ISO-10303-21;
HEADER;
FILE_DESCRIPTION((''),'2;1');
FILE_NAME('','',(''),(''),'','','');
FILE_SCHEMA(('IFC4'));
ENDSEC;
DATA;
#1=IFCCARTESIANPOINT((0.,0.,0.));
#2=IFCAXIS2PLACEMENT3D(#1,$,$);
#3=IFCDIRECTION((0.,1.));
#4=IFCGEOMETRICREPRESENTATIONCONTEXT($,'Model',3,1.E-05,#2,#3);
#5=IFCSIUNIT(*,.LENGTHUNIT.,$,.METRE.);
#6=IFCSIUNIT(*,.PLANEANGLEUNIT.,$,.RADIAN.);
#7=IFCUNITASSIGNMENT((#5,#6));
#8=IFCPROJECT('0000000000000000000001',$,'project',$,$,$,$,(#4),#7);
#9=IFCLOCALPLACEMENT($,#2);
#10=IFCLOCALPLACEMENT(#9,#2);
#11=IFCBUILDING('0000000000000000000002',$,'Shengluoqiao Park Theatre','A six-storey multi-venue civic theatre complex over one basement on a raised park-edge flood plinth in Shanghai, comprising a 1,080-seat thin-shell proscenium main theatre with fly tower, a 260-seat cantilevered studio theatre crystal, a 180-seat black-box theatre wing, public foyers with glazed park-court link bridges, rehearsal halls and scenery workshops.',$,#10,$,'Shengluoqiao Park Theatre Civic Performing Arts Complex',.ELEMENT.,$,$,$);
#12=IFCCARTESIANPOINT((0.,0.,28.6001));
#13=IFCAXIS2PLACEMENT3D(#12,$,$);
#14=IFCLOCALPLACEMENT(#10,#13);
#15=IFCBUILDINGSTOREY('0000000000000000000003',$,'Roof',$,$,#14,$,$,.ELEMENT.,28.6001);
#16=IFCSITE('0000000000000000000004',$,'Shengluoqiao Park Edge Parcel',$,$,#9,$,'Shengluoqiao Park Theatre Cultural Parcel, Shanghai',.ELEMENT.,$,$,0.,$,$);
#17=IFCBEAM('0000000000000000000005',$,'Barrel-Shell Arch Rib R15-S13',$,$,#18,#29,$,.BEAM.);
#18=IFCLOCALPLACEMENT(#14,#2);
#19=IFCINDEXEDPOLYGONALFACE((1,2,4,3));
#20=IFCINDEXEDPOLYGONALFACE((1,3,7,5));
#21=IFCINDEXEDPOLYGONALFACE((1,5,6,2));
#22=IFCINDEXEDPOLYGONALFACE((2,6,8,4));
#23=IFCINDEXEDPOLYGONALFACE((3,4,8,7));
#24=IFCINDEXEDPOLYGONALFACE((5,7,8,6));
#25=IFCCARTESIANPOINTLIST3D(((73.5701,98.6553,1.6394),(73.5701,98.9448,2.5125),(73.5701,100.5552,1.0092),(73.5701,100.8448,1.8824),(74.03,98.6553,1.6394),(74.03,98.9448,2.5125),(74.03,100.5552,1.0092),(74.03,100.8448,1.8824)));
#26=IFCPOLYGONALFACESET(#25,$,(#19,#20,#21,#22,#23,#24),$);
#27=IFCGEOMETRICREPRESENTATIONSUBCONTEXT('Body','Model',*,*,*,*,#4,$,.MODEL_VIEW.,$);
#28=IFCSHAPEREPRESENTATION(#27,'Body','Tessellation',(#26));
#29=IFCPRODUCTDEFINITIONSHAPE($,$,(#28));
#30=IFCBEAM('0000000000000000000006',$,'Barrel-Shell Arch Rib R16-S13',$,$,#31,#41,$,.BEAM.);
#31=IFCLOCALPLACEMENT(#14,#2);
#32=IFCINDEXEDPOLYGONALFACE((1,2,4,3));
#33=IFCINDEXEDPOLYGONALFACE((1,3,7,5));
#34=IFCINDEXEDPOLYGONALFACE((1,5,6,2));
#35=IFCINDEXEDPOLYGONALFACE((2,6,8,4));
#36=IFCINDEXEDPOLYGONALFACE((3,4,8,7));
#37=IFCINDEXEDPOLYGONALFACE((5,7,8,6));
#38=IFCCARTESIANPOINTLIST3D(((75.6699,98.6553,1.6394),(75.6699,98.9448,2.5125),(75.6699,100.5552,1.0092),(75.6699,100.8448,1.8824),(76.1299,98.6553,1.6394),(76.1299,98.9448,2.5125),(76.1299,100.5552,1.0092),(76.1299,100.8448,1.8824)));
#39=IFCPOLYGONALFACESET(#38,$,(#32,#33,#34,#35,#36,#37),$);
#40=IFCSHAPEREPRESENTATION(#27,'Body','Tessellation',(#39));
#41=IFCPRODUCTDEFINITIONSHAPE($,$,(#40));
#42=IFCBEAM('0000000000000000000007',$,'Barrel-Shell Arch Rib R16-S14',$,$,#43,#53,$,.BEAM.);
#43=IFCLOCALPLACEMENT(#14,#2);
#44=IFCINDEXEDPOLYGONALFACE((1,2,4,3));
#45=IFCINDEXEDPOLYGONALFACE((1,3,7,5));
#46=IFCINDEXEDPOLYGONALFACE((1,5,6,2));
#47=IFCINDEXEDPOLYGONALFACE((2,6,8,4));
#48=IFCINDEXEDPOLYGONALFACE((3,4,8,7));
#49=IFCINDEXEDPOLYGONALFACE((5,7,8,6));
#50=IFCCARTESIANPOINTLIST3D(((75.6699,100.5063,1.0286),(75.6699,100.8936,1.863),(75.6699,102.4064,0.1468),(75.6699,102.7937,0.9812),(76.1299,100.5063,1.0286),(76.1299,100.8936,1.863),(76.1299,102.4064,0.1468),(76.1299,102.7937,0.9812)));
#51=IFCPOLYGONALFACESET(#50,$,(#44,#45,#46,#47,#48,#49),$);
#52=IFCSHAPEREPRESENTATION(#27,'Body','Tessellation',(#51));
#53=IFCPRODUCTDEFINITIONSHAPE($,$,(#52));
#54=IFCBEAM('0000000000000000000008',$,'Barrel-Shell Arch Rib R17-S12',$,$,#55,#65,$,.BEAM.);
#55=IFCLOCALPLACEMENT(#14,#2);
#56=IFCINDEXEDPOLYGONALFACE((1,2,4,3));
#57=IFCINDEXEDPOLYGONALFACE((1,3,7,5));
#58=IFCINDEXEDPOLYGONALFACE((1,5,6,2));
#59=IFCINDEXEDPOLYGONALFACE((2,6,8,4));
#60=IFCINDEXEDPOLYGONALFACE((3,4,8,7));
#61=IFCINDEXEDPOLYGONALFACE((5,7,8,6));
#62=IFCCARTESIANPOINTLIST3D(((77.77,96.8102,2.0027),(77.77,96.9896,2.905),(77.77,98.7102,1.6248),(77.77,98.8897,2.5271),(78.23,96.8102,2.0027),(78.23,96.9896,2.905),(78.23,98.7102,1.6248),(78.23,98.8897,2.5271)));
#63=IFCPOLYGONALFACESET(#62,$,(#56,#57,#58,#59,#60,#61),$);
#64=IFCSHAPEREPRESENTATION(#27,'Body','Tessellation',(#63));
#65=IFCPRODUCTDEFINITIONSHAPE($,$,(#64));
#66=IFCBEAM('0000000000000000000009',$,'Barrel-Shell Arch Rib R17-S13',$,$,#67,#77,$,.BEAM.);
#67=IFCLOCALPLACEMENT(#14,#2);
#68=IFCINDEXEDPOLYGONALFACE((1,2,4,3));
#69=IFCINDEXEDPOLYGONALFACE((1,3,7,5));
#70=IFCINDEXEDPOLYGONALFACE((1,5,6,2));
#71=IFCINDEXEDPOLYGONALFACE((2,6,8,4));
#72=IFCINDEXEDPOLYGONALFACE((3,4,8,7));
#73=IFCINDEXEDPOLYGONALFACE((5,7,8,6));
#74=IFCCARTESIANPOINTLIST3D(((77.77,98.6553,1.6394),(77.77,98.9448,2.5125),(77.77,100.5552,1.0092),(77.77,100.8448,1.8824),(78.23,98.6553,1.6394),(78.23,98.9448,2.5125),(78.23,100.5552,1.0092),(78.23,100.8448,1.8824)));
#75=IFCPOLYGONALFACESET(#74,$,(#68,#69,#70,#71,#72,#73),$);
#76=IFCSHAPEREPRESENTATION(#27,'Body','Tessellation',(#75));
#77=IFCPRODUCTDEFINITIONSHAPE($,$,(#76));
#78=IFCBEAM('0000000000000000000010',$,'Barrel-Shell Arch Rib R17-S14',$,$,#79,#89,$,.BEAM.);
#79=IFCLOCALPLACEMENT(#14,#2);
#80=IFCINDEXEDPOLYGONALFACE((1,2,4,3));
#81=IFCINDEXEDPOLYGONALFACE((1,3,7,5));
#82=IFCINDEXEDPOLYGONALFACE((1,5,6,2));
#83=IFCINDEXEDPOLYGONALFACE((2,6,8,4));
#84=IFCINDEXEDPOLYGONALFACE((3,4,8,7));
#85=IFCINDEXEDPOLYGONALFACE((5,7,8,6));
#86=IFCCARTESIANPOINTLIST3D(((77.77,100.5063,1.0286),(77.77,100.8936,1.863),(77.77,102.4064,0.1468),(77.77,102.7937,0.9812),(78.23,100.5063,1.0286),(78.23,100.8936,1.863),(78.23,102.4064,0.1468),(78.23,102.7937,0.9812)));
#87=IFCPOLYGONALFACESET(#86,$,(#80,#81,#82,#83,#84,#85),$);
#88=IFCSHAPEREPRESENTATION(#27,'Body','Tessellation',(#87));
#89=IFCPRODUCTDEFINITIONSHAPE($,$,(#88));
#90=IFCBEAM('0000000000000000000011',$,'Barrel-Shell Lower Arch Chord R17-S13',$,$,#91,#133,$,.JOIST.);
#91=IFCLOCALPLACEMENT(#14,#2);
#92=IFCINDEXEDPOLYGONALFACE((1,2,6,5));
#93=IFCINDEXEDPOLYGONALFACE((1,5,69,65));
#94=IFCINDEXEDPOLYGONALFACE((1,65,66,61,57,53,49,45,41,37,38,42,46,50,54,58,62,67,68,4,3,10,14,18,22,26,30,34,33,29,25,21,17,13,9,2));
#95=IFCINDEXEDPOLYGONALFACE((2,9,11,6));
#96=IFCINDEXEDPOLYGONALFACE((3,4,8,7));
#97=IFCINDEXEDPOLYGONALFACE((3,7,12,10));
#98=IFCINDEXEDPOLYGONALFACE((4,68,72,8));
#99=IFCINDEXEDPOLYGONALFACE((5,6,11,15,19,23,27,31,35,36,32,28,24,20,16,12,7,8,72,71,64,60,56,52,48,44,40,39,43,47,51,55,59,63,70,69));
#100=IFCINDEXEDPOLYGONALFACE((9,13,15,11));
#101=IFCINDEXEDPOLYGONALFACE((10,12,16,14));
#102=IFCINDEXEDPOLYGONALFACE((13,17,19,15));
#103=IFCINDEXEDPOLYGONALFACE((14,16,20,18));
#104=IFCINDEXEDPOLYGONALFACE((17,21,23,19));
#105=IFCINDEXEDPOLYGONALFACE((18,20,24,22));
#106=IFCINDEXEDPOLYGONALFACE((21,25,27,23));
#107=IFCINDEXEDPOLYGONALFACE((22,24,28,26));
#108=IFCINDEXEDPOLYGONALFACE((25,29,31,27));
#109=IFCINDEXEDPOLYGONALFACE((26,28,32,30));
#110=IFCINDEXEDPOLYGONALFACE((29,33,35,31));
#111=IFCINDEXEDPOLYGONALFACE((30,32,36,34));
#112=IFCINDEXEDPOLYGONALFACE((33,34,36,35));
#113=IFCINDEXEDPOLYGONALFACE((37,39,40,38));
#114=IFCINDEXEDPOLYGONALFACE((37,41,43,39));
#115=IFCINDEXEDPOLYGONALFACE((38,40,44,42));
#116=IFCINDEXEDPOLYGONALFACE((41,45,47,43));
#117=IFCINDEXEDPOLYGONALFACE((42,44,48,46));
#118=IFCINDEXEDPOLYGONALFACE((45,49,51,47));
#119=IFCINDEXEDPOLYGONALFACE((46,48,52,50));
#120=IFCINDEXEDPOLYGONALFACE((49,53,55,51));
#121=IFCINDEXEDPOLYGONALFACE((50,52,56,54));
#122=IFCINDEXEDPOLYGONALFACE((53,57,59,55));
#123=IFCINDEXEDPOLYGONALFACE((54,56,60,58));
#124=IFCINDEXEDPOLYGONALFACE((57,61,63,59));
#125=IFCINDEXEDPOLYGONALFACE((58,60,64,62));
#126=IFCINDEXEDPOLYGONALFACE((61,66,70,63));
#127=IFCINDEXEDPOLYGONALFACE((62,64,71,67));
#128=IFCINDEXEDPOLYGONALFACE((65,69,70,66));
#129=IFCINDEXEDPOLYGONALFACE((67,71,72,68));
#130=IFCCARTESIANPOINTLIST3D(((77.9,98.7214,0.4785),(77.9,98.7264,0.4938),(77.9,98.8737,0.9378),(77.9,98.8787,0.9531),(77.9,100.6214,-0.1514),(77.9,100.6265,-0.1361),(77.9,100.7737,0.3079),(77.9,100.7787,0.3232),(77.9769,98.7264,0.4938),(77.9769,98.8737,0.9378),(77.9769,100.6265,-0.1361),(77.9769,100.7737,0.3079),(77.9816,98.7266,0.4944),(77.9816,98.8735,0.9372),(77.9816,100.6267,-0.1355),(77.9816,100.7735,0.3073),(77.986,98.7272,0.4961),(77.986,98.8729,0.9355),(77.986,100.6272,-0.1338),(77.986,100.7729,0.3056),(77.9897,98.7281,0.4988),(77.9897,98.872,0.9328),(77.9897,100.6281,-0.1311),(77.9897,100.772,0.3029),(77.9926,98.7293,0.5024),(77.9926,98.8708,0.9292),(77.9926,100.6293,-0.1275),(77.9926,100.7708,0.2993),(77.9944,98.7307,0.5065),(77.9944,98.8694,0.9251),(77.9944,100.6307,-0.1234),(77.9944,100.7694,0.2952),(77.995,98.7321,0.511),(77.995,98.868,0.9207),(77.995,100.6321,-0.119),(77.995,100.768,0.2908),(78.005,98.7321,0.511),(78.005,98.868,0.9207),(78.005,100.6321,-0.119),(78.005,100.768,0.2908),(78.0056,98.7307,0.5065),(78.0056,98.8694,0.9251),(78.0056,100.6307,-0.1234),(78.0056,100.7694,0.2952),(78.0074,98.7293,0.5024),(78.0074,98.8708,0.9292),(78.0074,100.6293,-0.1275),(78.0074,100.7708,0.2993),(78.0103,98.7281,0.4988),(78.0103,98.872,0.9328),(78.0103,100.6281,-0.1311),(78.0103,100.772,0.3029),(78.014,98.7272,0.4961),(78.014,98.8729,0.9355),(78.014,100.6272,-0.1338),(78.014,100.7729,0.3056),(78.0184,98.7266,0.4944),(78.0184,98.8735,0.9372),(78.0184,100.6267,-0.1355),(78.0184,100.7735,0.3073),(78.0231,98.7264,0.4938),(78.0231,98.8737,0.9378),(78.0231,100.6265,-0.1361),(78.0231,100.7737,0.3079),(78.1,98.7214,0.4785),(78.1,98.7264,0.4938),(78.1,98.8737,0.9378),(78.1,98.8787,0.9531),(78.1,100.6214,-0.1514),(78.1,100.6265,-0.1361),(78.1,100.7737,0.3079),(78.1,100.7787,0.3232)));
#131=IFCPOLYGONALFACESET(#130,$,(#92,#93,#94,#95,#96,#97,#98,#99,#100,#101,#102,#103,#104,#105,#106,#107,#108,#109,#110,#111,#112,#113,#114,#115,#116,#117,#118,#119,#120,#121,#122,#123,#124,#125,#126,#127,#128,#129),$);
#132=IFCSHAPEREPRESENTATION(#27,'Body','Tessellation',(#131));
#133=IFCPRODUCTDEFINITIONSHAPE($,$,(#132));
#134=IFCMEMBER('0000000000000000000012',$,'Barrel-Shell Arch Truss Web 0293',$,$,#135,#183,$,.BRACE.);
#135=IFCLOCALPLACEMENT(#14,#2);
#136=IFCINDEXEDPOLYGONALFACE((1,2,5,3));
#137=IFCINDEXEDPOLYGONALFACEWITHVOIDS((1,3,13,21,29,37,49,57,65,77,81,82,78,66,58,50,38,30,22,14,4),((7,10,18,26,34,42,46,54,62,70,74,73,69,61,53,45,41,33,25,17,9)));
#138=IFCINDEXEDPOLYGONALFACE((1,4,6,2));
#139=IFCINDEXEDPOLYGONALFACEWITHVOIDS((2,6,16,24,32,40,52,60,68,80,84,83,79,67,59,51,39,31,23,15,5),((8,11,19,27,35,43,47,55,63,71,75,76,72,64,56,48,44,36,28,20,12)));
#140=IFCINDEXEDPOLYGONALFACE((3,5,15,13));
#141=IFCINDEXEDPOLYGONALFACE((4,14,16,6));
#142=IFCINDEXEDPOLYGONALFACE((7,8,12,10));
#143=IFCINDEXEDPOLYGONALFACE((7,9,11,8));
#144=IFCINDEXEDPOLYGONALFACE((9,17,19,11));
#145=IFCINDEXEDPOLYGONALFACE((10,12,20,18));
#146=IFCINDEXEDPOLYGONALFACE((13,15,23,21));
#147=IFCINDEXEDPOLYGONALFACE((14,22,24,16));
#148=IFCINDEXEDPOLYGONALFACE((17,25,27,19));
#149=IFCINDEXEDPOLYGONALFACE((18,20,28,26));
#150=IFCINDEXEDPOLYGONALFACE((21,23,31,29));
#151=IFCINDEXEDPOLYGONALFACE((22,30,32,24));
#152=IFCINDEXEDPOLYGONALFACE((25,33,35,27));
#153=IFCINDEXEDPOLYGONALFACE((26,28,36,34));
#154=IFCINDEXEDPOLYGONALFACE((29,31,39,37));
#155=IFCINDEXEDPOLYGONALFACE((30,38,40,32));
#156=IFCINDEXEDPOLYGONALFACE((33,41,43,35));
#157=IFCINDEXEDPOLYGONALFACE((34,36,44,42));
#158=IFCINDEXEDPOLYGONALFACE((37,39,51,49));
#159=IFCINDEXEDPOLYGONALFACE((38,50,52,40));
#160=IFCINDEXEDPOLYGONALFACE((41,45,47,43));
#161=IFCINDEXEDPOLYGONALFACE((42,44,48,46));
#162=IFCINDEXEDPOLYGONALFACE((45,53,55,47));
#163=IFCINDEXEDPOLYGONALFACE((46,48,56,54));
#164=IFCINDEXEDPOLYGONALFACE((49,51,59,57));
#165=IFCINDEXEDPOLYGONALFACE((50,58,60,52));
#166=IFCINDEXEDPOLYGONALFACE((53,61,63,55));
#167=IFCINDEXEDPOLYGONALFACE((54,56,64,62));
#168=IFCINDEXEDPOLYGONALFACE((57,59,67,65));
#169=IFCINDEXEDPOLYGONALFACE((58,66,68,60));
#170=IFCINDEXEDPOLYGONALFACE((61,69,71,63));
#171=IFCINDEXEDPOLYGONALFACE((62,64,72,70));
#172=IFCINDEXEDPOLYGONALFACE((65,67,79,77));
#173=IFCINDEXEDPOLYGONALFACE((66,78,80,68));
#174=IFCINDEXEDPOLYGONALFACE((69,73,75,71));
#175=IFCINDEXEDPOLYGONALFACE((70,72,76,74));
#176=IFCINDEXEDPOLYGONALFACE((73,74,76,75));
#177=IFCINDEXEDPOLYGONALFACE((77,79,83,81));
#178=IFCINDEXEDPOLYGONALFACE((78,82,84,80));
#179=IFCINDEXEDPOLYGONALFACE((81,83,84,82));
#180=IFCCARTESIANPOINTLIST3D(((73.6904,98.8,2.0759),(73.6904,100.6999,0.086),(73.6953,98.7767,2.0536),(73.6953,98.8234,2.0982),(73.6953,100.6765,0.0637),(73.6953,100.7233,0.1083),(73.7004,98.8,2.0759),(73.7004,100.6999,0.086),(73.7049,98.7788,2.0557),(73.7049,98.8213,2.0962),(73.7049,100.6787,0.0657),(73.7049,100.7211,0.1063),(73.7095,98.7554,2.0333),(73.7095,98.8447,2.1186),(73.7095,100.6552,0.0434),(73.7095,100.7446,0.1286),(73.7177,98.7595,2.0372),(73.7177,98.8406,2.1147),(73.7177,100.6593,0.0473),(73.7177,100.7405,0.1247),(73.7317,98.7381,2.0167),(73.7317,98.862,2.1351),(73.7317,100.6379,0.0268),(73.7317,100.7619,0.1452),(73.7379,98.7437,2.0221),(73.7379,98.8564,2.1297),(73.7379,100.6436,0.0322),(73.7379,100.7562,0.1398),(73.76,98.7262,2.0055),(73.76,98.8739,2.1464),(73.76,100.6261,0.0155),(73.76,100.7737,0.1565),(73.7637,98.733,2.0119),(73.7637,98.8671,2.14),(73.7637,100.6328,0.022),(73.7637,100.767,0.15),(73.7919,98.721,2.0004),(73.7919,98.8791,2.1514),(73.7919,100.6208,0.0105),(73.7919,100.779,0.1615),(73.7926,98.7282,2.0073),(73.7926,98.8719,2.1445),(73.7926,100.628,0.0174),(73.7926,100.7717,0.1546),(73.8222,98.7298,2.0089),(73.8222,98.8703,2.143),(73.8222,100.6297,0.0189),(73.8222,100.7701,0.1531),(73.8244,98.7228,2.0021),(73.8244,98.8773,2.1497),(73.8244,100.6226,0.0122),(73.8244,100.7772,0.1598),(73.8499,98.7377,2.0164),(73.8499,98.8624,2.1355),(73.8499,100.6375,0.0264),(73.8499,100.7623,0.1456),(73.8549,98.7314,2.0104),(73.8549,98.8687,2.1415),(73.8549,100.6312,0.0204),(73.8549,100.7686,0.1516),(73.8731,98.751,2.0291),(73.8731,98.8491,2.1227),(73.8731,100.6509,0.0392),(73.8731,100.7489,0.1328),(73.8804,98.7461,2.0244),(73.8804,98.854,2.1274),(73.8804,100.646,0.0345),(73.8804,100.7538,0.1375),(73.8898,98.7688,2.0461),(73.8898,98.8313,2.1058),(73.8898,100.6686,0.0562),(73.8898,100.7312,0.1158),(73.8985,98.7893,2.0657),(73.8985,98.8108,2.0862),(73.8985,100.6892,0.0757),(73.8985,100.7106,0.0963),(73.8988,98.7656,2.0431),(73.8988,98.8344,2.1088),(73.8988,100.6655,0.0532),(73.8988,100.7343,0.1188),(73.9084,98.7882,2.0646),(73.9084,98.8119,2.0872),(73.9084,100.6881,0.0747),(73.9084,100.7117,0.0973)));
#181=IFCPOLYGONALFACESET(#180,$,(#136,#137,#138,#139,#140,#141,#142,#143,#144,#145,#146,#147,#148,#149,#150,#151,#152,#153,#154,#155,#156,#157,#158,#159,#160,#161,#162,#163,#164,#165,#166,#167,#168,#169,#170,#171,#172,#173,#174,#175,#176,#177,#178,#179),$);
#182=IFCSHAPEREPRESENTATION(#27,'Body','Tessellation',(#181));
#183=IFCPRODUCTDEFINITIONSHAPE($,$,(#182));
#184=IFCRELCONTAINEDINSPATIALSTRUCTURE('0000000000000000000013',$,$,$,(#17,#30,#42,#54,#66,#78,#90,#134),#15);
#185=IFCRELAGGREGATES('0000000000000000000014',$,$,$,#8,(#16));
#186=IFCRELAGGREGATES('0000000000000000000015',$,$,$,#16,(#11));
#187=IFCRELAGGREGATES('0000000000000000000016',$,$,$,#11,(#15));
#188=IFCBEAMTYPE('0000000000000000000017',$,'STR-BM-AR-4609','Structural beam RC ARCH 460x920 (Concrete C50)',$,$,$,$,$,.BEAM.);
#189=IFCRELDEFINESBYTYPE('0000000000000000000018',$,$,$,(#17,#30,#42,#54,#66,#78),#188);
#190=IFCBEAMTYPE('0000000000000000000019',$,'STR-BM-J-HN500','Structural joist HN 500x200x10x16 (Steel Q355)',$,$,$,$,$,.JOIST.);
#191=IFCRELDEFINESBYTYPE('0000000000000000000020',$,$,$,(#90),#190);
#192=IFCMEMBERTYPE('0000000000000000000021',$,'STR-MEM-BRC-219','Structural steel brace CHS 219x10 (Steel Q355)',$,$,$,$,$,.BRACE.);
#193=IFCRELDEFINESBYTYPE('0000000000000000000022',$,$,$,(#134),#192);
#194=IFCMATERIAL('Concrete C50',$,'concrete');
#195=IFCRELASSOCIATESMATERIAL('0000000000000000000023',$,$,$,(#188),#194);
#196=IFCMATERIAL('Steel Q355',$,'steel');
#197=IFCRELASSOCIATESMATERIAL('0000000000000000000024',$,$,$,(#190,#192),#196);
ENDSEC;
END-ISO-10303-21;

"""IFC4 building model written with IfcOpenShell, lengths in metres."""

from ifc_helpers import new_model, si_unit, direction, frame, origin, origin_2d, place, context, subcontext, project, spatial, rectangle, hollow_circle, i_section, extrude, material, material_profile, profile_set, type_object, element, save


model = new_model("IFC4")

# Units and contexts
model_context = context("Model", 3, precision=1e-05, world=origin(), true_north=direction((0.0, 1.0)))
body_context = subcontext(model_context, "Body", "Model", "MODEL_VIEW")
ifc_project = project(units=[si_unit("LENGTHUNIT", "METRE"), si_unit("PLANEANGLEUNIT", "RADIAN")], contexts=[model_context])

# Site, building, storey
site_placement = place(None, origin())
site = spatial("IfcSite", under=ifc_project, at=site_placement, Name="Shengluoqiao Park Edge Parcel", LongName="Shengluoqiao Park Theatre Cultural Parcel, Shanghai", CompositionType="ELEMENT", RefElevation=0.0)
building_placement = place(site_placement, origin())
building = spatial("IfcBuilding", under=site, at=building_placement, Name="Shengluoqiao Park Theatre", Description="A six-storey multi-venue civic theatre complex over one basement on a raised park-edge flood plinth in Shanghai, comprising a 1,080-seat thin-shell proscenium main theatre with fly tower, a 260-seat cantilevered studio theatre crystal, a 180-seat black-box theatre wing, public foyers with glazed park-court link bridges, rehearsal halls and scenery workshops.", LongName="Shengluoqiao Park Theatre Civic Performing Arts Complex", CompositionType="ELEMENT")
storey_placement = place(building_placement, frame((0.0, 0.0, 28.6001)))
storey = spatial("IfcBuildingStorey", under=building, at=storey_placement, Name="Roof", CompositionType="ELEMENT", Elevation=28.6001)

# Beams
ifc_material_1 = material(Name="Concrete C50", Category="concrete")
ifc_material_profile_1 = material_profile(ifc_material_1, rectangle(XDim=0.46, YDim=0.9199, at=origin_2d()), Name="RC ARCH 460x920")
ifc_profile_set_1 = profile_set([ifc_material_profile_1], Name="Concrete C50")
beam_type_1 = type_object("IfcBeamType", Name="STR-BM-AR-4609", Description="Structural beam RC ARCH 460x920 (Concrete C50)", PredefinedType="BEAM", material=ifc_profile_set_1)
for number, where, z_axis, x_axis, name in (
    (1, (73.8, 98.8, 2.0759), (0.0, 0.949158, -0.3148), (-1.0, 0.0, 0.0), "Barrel-Shell Arch Rib R15-S13"),
    (2, (75.8999, 98.8, 2.0759), (0.0, 0.949158, -0.3148), (-1.0, 0.0, 0.0), "Barrel-Shell Arch Rib R16-S13"),
):
    element("IfcBeam", number, at=place(storey_placement, frame(where, z_axis=z_axis, x_axis=x_axis)), inside=storey, type_object=beam_type_1, Name=name, PredefinedType="BEAM", context=body_context, shape_type="SweptSolid", body=[
        extrude(rectangle(XDim=0.46, YDim=0.9199, at=origin_2d()), origin(), (0.0, 0.0, 1.0), 2.0017),
    ])
beam_1_placement = place(storey_placement, frame((75.8999, 100.7, 1.4458), z_axis=(0.0, 0.907077, -0.420964), x_axis=(-1.0, 0.0, 0.0)))
element("IfcBeam", 3, at=beam_1_placement, inside=storey, type_object=beam_type_1, Name="Barrel-Shell Arch Rib R16-S14", PredefinedType="BEAM", context=body_context, shape_type="SweptSolid", body=[
    extrude(rectangle(XDim=0.46, YDim=0.9199, at=origin_2d()), origin(), (0.0, 0.0, 1.0), 2.0947),
])
beam_2_placement = place(storey_placement, frame((78.0, 96.8999, 2.4539), z_axis=(0.0, 0.980789, -0.195074), x_axis=(-1.0, 0.0, 0.0)))
element("IfcBeam", 4, at=beam_2_placement, inside=storey, type_object=beam_type_1, Name="Barrel-Shell Arch Rib R17-S12", PredefinedType="BEAM", context=body_context, shape_type="SweptSolid", body=[
    extrude(rectangle(XDim=0.46, YDim=0.9199, at=origin_2d()), origin(), (0.0, 0.0, 1.0), 1.9373),
])
beam_3_placement = place(storey_placement, frame((78.0, 98.8, 2.0759), z_axis=(0.0, 0.949158, -0.3148), x_axis=(-1.0, 0.0, 0.0)))
element("IfcBeam", 5, at=beam_3_placement, inside=storey, type_object=beam_type_1, Name="Barrel-Shell Arch Rib R17-S13", PredefinedType="BEAM", context=body_context, shape_type="SweptSolid", body=[
    extrude(rectangle(XDim=0.46, YDim=0.9199, at=origin_2d()), origin(), (0.0, 0.0, 1.0), 2.0017),
])
beam_4_placement = place(storey_placement, frame((78.0, 100.7, 1.4458), z_axis=(0.0, 0.907077, -0.420964), x_axis=(-1.0, 0.0, 0.0)))
element("IfcBeam", 6, at=beam_4_placement, inside=storey, type_object=beam_type_1, Name="Barrel-Shell Arch Rib R17-S14", PredefinedType="BEAM", context=body_context, shape_type="SweptSolid", body=[
    extrude(rectangle(XDim=0.46, YDim=0.9199, at=origin_2d()), origin(), (0.0, 0.0, 1.0), 2.0947),
])
ifc_material_2 = material(Name="Steel Q355", Category="steel")
ifc_material_profile_2 = material_profile(ifc_material_2, i_section(OverallWidth=0.2, OverallDepth=0.5, WebThickness=0.01, FlangeThickness=0.0161, FilletRadius=0.0181, at=origin_2d()), Name="HN 500x200x10x16")
ifc_profile_set_2 = profile_set([ifc_material_profile_2], Name="Steel Q355")
beam_type_2 = type_object("IfcBeamType", Name="STR-BM-J-HN500", Description="Structural joist HN 500x200x10x16 (Steel Q355)", PredefinedType="JOIST", material=ifc_profile_set_2)
beam_5_placement = place(storey_placement, frame((78.0, 98.8, 0.7158), z_axis=(0.0, 0.949194, -0.31469), x_axis=(-1.0, 0.0, 0.0)))
element("IfcBeam", 7, at=beam_5_placement, inside=storey, type_object=beam_type_2, Name="Barrel-Shell Lower Arch Chord R17-S13", PredefinedType="JOIST", context=body_context, shape_type="SweptSolid", body=[
    extrude(i_section(OverallWidth=0.2, OverallDepth=0.5, WebThickness=0.01, FlangeThickness=0.0161, FilletRadius=0.0181, at=origin_2d()), origin(), (0.0, 0.0, 1.0), 2.0017),
])

# Member
ifc_material_profile_3 = material_profile(ifc_material_2, hollow_circle(Radius=0.1096, WallThickness=0.01, at=origin_2d()), Name="CHS 219x10")
ifc_profile_set_3 = profile_set([ifc_material_profile_3], Name="Steel Q355")
member_type_1 = type_object("IfcMemberType", Name="STR-MEM-BRC-219", Description="Structural steel brace CHS 219x10 (Steel Q355)", PredefinedType="BRACE", material=ifc_profile_set_3)
for number, where, z_axis, x_axis, name in (
    (8, (73.8, 98.8, 2.0759), (0.0, 0.690545, -0.723289), (-1.0, 0.0, 0.0), "Barrel-Shell Arch Truss Web 0293"),
):
    element("IfcMember", number, at=place(storey_placement, frame(where, z_axis=z_axis, x_axis=x_axis)), inside=storey, type_object=member_type_1, Name=name, PredefinedType="BRACE", context=body_context, shape_type="SweptSolid", body=[
        extrude(hollow_circle(Radius=0.1096, WallThickness=0.01, at=origin_2d()), origin(), (0.0, 0.0, 1.0), 2.7512),
    ])

save(model, "model.ifc")
